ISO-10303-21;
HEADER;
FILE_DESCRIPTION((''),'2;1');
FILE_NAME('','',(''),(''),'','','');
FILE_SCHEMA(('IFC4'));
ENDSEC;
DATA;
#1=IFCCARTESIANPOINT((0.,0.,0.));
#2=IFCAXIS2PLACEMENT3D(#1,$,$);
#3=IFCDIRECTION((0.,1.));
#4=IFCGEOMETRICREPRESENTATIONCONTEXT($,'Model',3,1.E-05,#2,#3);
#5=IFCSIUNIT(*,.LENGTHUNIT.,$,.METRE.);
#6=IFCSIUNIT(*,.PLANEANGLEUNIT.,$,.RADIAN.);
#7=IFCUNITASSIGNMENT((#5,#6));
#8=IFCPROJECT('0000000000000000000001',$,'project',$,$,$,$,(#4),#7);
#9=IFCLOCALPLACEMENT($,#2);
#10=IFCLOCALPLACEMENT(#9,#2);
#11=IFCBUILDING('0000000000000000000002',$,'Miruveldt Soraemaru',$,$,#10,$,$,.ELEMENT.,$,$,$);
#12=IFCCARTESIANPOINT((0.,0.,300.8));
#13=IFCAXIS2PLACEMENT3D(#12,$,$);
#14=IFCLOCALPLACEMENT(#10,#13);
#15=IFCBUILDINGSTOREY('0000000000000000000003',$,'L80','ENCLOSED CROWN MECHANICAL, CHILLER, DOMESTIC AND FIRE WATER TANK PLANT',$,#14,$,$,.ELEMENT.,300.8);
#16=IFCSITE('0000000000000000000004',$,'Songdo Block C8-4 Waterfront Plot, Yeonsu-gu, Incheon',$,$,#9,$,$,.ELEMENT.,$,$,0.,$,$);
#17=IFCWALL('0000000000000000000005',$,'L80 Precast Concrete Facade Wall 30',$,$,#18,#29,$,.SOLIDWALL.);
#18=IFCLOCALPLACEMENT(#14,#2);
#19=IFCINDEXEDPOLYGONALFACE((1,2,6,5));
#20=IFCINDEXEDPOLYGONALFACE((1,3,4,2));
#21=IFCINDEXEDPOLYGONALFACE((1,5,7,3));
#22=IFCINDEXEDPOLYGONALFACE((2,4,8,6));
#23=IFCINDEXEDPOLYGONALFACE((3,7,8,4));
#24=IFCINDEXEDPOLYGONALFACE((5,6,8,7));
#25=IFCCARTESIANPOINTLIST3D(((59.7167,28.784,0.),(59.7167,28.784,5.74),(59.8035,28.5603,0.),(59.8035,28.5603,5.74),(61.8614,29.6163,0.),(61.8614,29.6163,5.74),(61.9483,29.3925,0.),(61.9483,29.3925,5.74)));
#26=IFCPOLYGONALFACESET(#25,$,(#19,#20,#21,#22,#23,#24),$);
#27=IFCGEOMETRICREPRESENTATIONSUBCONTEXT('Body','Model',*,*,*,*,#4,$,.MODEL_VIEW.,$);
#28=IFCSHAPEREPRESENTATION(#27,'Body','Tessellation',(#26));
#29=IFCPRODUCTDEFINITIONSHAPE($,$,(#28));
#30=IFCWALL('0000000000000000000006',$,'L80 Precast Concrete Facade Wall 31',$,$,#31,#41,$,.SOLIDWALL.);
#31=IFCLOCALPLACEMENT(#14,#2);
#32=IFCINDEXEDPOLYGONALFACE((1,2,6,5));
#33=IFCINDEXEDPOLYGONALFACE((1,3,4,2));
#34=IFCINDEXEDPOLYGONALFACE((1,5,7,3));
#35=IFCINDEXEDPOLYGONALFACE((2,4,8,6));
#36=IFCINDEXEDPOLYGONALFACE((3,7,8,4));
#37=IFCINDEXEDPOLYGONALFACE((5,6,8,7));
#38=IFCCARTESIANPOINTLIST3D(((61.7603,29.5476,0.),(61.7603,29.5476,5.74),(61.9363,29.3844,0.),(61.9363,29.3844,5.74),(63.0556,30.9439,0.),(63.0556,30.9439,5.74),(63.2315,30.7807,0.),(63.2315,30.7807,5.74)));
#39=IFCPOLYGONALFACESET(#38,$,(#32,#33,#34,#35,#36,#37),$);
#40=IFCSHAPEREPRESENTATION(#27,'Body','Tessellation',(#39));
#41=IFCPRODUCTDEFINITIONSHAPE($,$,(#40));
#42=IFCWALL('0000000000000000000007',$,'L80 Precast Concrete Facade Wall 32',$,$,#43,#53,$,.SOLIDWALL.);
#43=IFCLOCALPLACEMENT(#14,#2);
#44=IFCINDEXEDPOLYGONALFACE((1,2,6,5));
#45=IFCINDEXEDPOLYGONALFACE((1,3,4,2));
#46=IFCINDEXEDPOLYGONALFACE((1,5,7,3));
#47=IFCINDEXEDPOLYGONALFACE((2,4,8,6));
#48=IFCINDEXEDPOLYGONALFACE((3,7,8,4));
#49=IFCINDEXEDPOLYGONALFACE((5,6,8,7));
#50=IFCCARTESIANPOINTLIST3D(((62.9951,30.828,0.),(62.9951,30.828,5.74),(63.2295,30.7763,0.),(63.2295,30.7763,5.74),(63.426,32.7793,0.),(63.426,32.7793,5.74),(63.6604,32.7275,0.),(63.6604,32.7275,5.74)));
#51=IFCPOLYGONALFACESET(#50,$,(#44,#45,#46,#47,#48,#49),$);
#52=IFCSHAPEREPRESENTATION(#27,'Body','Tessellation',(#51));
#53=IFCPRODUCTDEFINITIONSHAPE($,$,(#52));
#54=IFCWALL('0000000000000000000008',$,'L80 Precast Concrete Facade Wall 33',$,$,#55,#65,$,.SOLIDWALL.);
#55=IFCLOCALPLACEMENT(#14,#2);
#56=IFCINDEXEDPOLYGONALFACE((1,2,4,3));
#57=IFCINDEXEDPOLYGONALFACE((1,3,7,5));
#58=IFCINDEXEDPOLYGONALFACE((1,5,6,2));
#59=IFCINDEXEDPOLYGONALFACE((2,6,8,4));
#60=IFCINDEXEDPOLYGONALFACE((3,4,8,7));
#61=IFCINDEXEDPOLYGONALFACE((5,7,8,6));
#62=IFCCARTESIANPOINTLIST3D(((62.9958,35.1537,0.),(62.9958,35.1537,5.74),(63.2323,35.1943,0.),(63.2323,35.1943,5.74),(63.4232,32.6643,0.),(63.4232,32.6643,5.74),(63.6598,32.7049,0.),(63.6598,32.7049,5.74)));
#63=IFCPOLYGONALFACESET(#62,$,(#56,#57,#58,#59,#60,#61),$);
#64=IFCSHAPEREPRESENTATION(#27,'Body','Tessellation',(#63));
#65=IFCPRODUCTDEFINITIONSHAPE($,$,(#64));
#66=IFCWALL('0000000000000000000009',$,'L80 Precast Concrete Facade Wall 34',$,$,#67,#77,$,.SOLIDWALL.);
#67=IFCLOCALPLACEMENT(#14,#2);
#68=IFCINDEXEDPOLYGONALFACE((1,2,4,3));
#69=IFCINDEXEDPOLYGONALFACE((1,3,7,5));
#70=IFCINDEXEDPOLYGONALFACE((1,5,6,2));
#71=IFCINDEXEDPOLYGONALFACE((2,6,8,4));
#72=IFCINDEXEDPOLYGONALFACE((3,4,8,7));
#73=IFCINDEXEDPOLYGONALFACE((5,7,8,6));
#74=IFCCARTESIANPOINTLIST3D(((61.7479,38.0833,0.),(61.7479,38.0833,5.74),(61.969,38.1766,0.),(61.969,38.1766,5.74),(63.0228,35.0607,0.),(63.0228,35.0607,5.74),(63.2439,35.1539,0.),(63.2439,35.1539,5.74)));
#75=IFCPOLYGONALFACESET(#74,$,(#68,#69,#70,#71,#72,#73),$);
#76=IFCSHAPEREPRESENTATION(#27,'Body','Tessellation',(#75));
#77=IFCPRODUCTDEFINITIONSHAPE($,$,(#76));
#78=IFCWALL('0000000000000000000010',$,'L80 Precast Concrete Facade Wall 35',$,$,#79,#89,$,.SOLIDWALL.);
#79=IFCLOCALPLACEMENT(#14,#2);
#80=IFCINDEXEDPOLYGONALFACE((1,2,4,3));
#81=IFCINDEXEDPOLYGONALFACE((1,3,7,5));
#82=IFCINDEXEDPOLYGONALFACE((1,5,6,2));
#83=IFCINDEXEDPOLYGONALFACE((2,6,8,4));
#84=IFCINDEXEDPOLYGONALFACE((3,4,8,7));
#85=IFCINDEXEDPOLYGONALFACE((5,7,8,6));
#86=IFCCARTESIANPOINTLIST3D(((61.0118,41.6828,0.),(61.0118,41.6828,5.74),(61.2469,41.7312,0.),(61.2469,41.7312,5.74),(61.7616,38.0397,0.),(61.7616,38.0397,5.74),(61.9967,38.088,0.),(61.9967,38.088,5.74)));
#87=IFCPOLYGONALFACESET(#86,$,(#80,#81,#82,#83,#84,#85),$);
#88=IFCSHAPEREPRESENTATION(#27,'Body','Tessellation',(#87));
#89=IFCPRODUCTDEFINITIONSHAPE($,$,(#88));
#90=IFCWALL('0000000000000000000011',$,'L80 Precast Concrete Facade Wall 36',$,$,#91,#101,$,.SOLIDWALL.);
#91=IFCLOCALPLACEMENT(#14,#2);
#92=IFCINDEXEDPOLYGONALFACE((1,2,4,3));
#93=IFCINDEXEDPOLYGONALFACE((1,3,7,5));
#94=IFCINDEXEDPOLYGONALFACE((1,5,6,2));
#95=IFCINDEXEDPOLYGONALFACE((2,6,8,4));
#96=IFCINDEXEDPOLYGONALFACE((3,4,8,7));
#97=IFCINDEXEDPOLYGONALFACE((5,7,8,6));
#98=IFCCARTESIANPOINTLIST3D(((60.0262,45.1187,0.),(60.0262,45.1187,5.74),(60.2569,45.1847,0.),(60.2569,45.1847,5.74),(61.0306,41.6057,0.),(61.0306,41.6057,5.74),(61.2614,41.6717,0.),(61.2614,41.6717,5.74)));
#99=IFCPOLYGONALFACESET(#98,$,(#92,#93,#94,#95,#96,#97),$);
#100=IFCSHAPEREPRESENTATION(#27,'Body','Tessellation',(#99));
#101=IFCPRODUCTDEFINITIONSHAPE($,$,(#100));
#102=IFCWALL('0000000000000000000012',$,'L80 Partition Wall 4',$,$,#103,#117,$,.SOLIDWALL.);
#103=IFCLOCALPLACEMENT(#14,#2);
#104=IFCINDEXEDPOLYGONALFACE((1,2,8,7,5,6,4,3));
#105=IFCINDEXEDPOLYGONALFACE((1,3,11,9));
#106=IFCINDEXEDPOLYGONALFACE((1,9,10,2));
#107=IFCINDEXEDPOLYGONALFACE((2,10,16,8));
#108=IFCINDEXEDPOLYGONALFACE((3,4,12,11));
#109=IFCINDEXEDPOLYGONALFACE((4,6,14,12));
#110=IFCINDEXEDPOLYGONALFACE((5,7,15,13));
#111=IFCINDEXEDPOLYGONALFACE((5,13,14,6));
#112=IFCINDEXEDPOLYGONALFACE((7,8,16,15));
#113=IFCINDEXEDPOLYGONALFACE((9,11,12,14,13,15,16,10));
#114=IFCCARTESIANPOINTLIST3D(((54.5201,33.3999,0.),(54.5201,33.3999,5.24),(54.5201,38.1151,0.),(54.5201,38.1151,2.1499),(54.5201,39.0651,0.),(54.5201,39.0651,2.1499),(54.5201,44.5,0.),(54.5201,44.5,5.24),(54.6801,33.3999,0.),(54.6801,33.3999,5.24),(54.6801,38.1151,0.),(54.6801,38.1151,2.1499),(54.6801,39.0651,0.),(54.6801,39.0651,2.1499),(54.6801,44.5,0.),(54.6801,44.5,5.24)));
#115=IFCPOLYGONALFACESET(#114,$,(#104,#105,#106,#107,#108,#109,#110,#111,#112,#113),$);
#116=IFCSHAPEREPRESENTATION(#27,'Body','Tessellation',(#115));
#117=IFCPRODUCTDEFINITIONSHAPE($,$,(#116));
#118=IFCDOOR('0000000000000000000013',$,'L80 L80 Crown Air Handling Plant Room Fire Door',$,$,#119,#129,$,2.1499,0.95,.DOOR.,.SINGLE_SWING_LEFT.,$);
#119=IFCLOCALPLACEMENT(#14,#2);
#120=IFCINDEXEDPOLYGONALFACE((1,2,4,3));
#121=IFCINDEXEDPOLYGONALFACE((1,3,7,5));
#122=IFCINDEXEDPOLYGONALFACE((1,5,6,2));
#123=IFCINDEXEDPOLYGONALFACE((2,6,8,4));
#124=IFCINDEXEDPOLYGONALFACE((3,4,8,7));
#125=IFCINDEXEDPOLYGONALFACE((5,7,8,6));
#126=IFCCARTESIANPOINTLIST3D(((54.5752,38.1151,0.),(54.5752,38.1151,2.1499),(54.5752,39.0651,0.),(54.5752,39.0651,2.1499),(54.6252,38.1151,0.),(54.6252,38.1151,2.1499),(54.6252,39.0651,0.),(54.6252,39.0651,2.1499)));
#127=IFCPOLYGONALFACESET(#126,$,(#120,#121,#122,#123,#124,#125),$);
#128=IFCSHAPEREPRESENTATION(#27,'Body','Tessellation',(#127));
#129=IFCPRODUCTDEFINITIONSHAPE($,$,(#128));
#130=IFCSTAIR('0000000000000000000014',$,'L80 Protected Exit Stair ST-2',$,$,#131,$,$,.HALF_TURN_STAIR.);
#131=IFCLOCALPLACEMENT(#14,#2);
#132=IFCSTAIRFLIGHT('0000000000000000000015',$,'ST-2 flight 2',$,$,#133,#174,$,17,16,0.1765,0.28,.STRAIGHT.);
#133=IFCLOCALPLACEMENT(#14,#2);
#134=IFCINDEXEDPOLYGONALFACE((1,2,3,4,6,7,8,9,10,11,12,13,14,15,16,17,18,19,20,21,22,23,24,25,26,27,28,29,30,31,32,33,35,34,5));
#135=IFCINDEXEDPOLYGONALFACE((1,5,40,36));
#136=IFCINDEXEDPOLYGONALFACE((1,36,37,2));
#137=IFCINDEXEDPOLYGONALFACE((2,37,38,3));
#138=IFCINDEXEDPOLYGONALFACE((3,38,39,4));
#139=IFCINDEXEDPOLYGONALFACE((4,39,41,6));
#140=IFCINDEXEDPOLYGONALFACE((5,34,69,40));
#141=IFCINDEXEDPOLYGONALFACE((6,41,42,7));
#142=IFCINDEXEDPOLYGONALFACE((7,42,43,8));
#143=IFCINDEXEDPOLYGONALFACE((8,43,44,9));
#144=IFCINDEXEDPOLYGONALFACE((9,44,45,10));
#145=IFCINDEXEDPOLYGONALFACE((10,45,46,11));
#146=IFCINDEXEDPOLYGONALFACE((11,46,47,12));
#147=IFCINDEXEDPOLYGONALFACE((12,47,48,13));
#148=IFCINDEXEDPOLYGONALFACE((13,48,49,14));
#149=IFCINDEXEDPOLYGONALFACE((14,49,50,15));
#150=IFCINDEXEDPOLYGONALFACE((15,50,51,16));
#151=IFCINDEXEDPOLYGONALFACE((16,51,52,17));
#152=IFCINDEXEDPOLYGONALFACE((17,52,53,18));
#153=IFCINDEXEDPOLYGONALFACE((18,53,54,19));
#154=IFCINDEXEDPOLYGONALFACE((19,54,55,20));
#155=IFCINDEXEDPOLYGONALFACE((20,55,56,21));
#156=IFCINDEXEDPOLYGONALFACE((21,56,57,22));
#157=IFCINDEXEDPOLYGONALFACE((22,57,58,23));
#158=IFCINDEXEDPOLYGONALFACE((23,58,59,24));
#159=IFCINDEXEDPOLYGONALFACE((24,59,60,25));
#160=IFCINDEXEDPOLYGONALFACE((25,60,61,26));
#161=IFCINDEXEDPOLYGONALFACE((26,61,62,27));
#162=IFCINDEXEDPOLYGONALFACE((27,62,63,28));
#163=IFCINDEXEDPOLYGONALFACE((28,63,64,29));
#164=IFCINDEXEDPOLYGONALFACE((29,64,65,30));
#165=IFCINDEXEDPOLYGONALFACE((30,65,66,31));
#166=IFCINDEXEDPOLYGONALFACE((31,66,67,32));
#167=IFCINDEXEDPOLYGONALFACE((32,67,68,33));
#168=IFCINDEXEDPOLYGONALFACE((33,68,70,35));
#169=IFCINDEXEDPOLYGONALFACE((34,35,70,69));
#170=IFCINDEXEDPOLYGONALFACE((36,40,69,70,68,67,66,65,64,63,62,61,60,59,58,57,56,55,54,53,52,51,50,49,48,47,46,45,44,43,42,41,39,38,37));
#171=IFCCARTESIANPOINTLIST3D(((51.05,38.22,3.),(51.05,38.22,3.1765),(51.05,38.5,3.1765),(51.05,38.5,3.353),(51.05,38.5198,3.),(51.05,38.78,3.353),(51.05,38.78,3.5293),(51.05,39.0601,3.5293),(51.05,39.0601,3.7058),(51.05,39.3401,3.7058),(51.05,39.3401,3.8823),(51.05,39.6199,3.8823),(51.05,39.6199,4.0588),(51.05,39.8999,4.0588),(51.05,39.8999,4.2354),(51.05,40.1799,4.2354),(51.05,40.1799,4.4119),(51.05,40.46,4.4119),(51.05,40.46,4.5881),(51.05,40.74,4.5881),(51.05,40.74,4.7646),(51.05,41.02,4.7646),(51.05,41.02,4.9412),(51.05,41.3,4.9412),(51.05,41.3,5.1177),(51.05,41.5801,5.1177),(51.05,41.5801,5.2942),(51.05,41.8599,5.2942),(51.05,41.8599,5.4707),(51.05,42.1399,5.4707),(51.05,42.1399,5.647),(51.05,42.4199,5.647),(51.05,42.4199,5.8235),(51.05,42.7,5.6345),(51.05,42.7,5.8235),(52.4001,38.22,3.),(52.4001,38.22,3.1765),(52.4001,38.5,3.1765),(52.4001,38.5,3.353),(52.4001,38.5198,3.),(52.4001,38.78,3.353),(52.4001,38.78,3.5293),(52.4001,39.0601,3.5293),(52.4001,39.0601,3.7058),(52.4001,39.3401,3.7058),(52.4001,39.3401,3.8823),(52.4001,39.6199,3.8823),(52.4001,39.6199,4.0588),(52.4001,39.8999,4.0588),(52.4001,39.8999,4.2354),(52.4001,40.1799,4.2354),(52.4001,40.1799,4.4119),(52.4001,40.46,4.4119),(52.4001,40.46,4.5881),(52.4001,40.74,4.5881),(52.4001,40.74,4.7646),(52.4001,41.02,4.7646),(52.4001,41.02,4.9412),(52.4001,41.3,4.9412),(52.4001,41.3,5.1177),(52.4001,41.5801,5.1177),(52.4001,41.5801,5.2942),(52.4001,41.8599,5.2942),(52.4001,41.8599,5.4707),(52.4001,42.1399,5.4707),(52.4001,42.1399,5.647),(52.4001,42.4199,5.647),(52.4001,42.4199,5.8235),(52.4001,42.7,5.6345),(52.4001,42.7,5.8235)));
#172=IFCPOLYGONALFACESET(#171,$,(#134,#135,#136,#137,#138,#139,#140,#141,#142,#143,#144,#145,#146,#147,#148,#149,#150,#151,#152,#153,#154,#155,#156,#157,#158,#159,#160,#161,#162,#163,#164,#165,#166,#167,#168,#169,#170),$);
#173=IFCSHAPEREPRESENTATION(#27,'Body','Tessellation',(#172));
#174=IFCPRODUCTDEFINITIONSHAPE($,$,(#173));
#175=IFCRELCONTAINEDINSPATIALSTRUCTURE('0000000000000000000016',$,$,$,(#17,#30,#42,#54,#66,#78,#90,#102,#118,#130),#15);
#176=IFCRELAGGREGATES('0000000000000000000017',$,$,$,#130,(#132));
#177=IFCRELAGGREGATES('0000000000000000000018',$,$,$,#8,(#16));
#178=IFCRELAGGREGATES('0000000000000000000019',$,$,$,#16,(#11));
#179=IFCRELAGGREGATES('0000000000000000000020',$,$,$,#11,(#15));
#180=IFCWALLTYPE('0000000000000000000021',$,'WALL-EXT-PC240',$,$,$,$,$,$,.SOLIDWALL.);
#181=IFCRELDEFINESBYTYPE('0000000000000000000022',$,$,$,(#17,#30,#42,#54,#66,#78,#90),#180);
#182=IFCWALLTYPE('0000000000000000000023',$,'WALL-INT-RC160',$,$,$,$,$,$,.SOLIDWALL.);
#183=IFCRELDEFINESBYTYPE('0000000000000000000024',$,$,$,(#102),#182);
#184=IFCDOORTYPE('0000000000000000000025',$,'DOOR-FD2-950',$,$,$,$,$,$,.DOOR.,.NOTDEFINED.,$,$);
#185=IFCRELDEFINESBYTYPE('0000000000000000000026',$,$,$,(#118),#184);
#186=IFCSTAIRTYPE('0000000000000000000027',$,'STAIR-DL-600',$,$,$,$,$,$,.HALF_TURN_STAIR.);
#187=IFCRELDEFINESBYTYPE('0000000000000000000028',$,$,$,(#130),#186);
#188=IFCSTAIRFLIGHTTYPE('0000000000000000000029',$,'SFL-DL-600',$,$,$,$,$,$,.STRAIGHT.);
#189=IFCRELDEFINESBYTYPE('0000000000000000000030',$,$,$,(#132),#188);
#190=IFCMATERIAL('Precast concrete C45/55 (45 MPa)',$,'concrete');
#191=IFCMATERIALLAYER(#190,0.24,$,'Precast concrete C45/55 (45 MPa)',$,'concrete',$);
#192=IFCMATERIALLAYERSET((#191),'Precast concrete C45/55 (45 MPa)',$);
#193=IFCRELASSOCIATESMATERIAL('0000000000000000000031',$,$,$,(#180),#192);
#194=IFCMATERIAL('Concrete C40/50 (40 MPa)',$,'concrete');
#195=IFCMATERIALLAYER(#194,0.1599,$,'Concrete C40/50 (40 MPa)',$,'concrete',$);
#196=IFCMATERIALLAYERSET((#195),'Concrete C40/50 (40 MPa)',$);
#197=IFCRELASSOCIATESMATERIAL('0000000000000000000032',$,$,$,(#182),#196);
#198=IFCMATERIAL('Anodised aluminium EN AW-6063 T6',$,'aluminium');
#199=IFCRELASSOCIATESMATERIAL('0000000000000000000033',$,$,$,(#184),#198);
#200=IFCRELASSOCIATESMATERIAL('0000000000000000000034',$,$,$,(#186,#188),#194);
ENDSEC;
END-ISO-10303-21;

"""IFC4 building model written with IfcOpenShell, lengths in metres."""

from ifc_helpers import new_model, si_unit, direction, frame, frame_2d, origin, place, context, subcontext, project, spatial, polyline, rectangle, outline, extrude, material, layer, layer_set, type_object, element, fill, aggregate, save


model = new_model("IFC4")

# Units and contexts
model_context = context("Model", 3, precision=1e-05, world=origin(), true_north=direction((0.0, 1.0)))
body_context = subcontext(model_context, "Body", "Model", "MODEL_VIEW")
ifc_project = project(units=[si_unit("LENGTHUNIT", "METRE"), si_unit("PLANEANGLEUNIT", "RADIAN")], contexts=[model_context])

# Site, building, storey
site_placement = place(None, origin())
site = spatial("IfcSite", under=ifc_project, at=site_placement, Name="Songdo Block C8-4 Waterfront Plot, Yeonsu-gu, Incheon", CompositionType="ELEMENT", RefElevation=0.0)
building_placement = place(site_placement, origin())
building = spatial("IfcBuilding", under=site, at=building_placement, Name="Miruveldt Soraemaru", CompositionType="ELEMENT")
storey_placement = place(building_placement, frame((0.0, 0.0, 300.8)))
storey = spatial("IfcBuildingStorey", under=building, at=storey_placement, Name="L80", Description="ENCLOSED CROWN MECHANICAL, CHILLER, DOMESTIC AND FIRE WATER TANK PLANT", CompositionType="ELEMENT", Elevation=300.8)

# Walls
ifc_material_1 = material(Name="Precast concrete C45/55 (45 MPa)", Category="concrete")
ifc_layer_1 = layer(ifc_material_1, 0.24, Name="Precast concrete C45/55 (45 MPa)", Category="concrete")
ifc_layer_set_1 = layer_set([ifc_layer_1], Name="Precast concrete C45/55 (45 MPa)")
wall_type_1 = type_object("IfcWallType", Name="WALL-EXT-PC240", PredefinedType="SOLIDWALL", material=ifc_layer_set_1)
wall_1_placement = place(storey_placement, frame((59.76, 28.6721, 0.0), z_axis=(0.0, 0.0, 1.0), x_axis=(0.932269, 0.361765, 0.0)))
element("IfcWall", 1, at=wall_1_placement, inside=storey, type_object=wall_type_1, Name="L80 Precast Concrete Facade Wall 30", PredefinedType="SOLIDWALL", context=body_context, shape_type="SweptSolid", body=[
    extrude(rectangle(XDim=2.3005, YDim=0.24, at=frame_2d((1.1504, 0.0))), origin(), (0.0, 0.0, 1.0), 5.74),
])
wall_2_placement = place(storey_placement, frame((61.8484, 29.4661, 0.0), z_axis=(0.0, 0.0, 1.0), x_axis=(0.680072, 0.733145, 0.0)))
element("IfcWall", 2, at=wall_2_placement, inside=storey, type_object=wall_type_1, Name="L80 Precast Concrete Facade Wall 31", PredefinedType="SOLIDWALL", context=body_context, shape_type="SweptSolid", body=[
    extrude(rectangle(XDim=1.9045, YDim=0.24, at=frame_2d((0.9521, 0.0))), origin(), (0.0, 0.0, 1.0), 5.74),
])
wall_3_placement = place(storey_placement, frame((63.1123, 30.8022, 0.0), z_axis=(0.0, 0.0, 1.0), x_axis=(0.21565, 0.976471, 0.0)))
element("IfcWall", 3, at=wall_3_placement, inside=storey, type_object=wall_type_1, Name="L80 Precast Concrete Facade Wall 32", PredefinedType="SOLIDWALL", context=body_context, shape_type="SweptSolid", body=[
    extrude(rectangle(XDim=1.9983, YDim=0.24, at=frame_2d((0.999, 0.0))), origin(), (0.0, 0.0, 1.0), 5.74),
])
wall_4_placement = place(storey_placement, frame((63.5415, 32.6846, 0.0), z_axis=(0.0, 0.0, 1.0), x_axis=(-0.16924, 0.985575, 0.0)))
element("IfcWall", 4, at=wall_4_placement, inside=storey, type_object=wall_type_1, Name="L80 Precast Concrete Facade Wall 33", PredefinedType="SOLIDWALL", context=body_context, shape_type="SweptSolid", body=[
    extrude(rectangle(XDim=2.5259, YDim=0.24, at=frame_2d((1.2629, 0.0))), origin(), (0.0, 0.0, 1.0), 5.74),
])
wall_5_placement = place(storey_placement, frame((63.1333, 35.1074, 0.0), z_axis=(0.0, 0.0, 1.0), x_axis=(-0.388623, 0.921397, 0.0)))
element("IfcWall", 5, at=wall_5_placement, inside=storey, type_object=wall_type_1, Name="L80 Precast Concrete Facade Wall 34", PredefinedType="SOLIDWALL", context=body_context, shape_type="SweptSolid", body=[
    extrude(rectangle(XDim=3.2805, YDim=0.24, at=frame_2d((1.6401, 0.0))), origin(), (0.0, 0.0, 1.0), 5.74),
])
wall_6_placement = place(storey_placement, frame((61.8792, 38.0637, 0.0), z_axis=(0.0, 0.0, 1.0), x_axis=(-0.201579, 0.979472, 0.0)))
element("IfcWall", 6, at=wall_6_placement, inside=storey, type_object=wall_type_1, Name="L80 Precast Concrete Facade Wall 35", PredefinedType="SOLIDWALL", context=body_context, shape_type="SweptSolid", body=[
    extrude(rectangle(XDim=3.7195, YDim=0.24, at=frame_2d((1.8599, 0.0))), origin(), (0.0, 0.0, 1.0), 5.74),
])
wall_7_placement = place(storey_placement, frame((61.146, 41.6387, 0.0), z_axis=(0.0, 0.0, 1.0), x_axis=(-0.274898, 0.961474, 0.0)))
element("IfcWall", 7, at=wall_7_placement, inside=storey, type_object=wall_type_1, Name="L80 Precast Concrete Facade Wall 36", PredefinedType="SOLIDWALL", context=body_context, shape_type="SweptSolid", body=[
    extrude(rectangle(XDim=3.6538, YDim=0.24, at=frame_2d((1.8269, 0.0))), origin(), (0.0, 0.0, 1.0), 5.74),
])

# Wall, opening, door
ifc_material_2 = material(Name="Concrete C40/50 (40 MPa)", Category="concrete")
ifc_layer_2 = layer(ifc_material_2, 0.1599, Name="Concrete C40/50 (40 MPa)", Category="concrete")
ifc_layer_set_2 = layer_set([ifc_layer_2], Name="Concrete C40/50 (40 MPa)")
wall_type_2 = type_object("IfcWallType", Name="WALL-INT-RC160", PredefinedType="SOLIDWALL", material=ifc_layer_set_2)
wall_8_placement = place(storey_placement, frame((54.6001, 33.3999, 0.0), z_axis=(0.0, 0.0, 1.0), x_axis=(0.0, 1.0, 0.0)))
wall_8 = element("IfcWall", 8, at=wall_8_placement, inside=storey, type_object=wall_type_2, Name="L80 Partition Wall 4", PredefinedType="SOLIDWALL", context=body_context, shape_type="SweptSolid", body=[
    extrude(rectangle(XDim=11.1001, YDim=0.1599, at=frame_2d((5.55, 0.0))), origin(), (0.0, 0.0, 1.0), 5.24),
])
opening_placement = place(wall_8_placement, frame((4.7151, 0.0, 0.0)))
opening = element("IfcOpeningElement", 9, at=opening_placement, cuts=wall_8, PredefinedType="OPENING", context=body_context, shape_type="SweptSolid", body=[
    extrude(rectangle(XDim=0.95, YDim=2.1499, at=frame_2d((0.4751, 1.075))), frame((0.0, 0.0898, 0.0), z_axis=(0.0, -1.0, 0.0), x_axis=(1.0, 0.0, 0.0)), (0.0, 0.0, 1.0), 0.1799),
])
ifc_material_3 = material(Name="Anodised aluminium EN AW-6063 T6", Category="aluminium")
door_type = type_object("IfcDoorType", Name="DOOR-FD2-950", OperationType="NOTDEFINED", PredefinedType="DOOR", material=ifc_material_3)
door_placement = place(opening_placement, origin())
door = element("IfcDoor", 10, at=door_placement, inside=storey, type_object=door_type, Name="L80 L80 Crown Air Handling Plant Room Fire Door", OperationType="SINGLE_SWING_LEFT", OverallHeight=2.1499, OverallWidth=0.95, PredefinedType="DOOR", context=body_context, shape_type="SweptSolid", body=[
    extrude(rectangle(XDim=0.95, YDim=2.1499, at=frame_2d((0.4751, 1.075))), frame((0.0, 0.0249, 0.0), z_axis=(0.0, -1.0, 0.0), x_axis=(1.0, 0.0, 0.0)), (0.0, 0.0, 1.0), 0.05),
])
fill(opening, door)

# Stair, stair flight
stair_type = type_object("IfcStairType", Name="STAIR-DL-600", PredefinedType="HALF_TURN_STAIR", material=ifc_material_2)
stair_placement = place(storey_placement, origin())
stair = element("IfcStair", 11, at=stair_placement, inside=storey, type_object=stair_type, Name="L80 Protected Exit Stair ST-2", PredefinedType="HALF_TURN_STAIR")
stair_flight_type = type_object("IfcStairFlightType", Name="SFL-DL-600", PredefinedType="STRAIGHT", material=ifc_material_2)
stair_flight_placement = place(storey_placement, frame((51.7251, 38.22, 3.0), z_axis=(0.0, 0.0, 1.0), x_axis=(0.0, 1.0, 0.0)))
stair_flight = element("IfcStairFlight", 12, at=stair_flight_placement, type_object=stair_flight_type, Name="ST-2 flight 2", NumberOfRisers=17, NumberOfTreads=16, PredefinedType="STRAIGHT", RiserHeight=0.1765, TreadLength=0.28, context=body_context, shape_type="SweptSolid", body=[
    extrude(outline(polyline([(0.0, 0.0), (0.0, 0.1765), (0.28, 0.1765), (0.28, 0.353), (0.5601, 0.353), (0.5601, 0.5293), (0.8401, 0.5293), (0.8401, 0.7058), (1.1201, 0.7058), (1.1201, 0.8823), (1.3999, 0.8823), (1.3999, 1.0588), (1.6799, 1.0588), (1.6799, 1.2354), (1.96, 1.2354), (1.96, 1.4119), (2.24, 1.4119), (2.24, 1.5881), (2.52, 1.5881), (2.52, 1.7646), (2.8, 1.7646), (2.8, 1.9412), (3.0801, 1.9412), (3.0801, 2.1177), (3.3601, 2.1177), (3.3601, 2.2942), (3.6399, 2.2942), (3.6399, 2.4707), (3.9199, 2.4707), (3.9199, 2.647), (4.2, 2.647), (4.2, 2.8235), (4.48, 2.8235), (4.48, 3.0), (4.48, 2.6345), (0.2998, 0.0), (0.0, 0.0)])), frame((0.0, 0.675, 0.0), z_axis=(0.0, -1.0, 0.0), x_axis=(1.0, 0.0, 0.0)), (0.0, 0.0, 1.0), 1.3501),
])
aggregate(stair, [stair_flight])

save(model, "model.ifc")
